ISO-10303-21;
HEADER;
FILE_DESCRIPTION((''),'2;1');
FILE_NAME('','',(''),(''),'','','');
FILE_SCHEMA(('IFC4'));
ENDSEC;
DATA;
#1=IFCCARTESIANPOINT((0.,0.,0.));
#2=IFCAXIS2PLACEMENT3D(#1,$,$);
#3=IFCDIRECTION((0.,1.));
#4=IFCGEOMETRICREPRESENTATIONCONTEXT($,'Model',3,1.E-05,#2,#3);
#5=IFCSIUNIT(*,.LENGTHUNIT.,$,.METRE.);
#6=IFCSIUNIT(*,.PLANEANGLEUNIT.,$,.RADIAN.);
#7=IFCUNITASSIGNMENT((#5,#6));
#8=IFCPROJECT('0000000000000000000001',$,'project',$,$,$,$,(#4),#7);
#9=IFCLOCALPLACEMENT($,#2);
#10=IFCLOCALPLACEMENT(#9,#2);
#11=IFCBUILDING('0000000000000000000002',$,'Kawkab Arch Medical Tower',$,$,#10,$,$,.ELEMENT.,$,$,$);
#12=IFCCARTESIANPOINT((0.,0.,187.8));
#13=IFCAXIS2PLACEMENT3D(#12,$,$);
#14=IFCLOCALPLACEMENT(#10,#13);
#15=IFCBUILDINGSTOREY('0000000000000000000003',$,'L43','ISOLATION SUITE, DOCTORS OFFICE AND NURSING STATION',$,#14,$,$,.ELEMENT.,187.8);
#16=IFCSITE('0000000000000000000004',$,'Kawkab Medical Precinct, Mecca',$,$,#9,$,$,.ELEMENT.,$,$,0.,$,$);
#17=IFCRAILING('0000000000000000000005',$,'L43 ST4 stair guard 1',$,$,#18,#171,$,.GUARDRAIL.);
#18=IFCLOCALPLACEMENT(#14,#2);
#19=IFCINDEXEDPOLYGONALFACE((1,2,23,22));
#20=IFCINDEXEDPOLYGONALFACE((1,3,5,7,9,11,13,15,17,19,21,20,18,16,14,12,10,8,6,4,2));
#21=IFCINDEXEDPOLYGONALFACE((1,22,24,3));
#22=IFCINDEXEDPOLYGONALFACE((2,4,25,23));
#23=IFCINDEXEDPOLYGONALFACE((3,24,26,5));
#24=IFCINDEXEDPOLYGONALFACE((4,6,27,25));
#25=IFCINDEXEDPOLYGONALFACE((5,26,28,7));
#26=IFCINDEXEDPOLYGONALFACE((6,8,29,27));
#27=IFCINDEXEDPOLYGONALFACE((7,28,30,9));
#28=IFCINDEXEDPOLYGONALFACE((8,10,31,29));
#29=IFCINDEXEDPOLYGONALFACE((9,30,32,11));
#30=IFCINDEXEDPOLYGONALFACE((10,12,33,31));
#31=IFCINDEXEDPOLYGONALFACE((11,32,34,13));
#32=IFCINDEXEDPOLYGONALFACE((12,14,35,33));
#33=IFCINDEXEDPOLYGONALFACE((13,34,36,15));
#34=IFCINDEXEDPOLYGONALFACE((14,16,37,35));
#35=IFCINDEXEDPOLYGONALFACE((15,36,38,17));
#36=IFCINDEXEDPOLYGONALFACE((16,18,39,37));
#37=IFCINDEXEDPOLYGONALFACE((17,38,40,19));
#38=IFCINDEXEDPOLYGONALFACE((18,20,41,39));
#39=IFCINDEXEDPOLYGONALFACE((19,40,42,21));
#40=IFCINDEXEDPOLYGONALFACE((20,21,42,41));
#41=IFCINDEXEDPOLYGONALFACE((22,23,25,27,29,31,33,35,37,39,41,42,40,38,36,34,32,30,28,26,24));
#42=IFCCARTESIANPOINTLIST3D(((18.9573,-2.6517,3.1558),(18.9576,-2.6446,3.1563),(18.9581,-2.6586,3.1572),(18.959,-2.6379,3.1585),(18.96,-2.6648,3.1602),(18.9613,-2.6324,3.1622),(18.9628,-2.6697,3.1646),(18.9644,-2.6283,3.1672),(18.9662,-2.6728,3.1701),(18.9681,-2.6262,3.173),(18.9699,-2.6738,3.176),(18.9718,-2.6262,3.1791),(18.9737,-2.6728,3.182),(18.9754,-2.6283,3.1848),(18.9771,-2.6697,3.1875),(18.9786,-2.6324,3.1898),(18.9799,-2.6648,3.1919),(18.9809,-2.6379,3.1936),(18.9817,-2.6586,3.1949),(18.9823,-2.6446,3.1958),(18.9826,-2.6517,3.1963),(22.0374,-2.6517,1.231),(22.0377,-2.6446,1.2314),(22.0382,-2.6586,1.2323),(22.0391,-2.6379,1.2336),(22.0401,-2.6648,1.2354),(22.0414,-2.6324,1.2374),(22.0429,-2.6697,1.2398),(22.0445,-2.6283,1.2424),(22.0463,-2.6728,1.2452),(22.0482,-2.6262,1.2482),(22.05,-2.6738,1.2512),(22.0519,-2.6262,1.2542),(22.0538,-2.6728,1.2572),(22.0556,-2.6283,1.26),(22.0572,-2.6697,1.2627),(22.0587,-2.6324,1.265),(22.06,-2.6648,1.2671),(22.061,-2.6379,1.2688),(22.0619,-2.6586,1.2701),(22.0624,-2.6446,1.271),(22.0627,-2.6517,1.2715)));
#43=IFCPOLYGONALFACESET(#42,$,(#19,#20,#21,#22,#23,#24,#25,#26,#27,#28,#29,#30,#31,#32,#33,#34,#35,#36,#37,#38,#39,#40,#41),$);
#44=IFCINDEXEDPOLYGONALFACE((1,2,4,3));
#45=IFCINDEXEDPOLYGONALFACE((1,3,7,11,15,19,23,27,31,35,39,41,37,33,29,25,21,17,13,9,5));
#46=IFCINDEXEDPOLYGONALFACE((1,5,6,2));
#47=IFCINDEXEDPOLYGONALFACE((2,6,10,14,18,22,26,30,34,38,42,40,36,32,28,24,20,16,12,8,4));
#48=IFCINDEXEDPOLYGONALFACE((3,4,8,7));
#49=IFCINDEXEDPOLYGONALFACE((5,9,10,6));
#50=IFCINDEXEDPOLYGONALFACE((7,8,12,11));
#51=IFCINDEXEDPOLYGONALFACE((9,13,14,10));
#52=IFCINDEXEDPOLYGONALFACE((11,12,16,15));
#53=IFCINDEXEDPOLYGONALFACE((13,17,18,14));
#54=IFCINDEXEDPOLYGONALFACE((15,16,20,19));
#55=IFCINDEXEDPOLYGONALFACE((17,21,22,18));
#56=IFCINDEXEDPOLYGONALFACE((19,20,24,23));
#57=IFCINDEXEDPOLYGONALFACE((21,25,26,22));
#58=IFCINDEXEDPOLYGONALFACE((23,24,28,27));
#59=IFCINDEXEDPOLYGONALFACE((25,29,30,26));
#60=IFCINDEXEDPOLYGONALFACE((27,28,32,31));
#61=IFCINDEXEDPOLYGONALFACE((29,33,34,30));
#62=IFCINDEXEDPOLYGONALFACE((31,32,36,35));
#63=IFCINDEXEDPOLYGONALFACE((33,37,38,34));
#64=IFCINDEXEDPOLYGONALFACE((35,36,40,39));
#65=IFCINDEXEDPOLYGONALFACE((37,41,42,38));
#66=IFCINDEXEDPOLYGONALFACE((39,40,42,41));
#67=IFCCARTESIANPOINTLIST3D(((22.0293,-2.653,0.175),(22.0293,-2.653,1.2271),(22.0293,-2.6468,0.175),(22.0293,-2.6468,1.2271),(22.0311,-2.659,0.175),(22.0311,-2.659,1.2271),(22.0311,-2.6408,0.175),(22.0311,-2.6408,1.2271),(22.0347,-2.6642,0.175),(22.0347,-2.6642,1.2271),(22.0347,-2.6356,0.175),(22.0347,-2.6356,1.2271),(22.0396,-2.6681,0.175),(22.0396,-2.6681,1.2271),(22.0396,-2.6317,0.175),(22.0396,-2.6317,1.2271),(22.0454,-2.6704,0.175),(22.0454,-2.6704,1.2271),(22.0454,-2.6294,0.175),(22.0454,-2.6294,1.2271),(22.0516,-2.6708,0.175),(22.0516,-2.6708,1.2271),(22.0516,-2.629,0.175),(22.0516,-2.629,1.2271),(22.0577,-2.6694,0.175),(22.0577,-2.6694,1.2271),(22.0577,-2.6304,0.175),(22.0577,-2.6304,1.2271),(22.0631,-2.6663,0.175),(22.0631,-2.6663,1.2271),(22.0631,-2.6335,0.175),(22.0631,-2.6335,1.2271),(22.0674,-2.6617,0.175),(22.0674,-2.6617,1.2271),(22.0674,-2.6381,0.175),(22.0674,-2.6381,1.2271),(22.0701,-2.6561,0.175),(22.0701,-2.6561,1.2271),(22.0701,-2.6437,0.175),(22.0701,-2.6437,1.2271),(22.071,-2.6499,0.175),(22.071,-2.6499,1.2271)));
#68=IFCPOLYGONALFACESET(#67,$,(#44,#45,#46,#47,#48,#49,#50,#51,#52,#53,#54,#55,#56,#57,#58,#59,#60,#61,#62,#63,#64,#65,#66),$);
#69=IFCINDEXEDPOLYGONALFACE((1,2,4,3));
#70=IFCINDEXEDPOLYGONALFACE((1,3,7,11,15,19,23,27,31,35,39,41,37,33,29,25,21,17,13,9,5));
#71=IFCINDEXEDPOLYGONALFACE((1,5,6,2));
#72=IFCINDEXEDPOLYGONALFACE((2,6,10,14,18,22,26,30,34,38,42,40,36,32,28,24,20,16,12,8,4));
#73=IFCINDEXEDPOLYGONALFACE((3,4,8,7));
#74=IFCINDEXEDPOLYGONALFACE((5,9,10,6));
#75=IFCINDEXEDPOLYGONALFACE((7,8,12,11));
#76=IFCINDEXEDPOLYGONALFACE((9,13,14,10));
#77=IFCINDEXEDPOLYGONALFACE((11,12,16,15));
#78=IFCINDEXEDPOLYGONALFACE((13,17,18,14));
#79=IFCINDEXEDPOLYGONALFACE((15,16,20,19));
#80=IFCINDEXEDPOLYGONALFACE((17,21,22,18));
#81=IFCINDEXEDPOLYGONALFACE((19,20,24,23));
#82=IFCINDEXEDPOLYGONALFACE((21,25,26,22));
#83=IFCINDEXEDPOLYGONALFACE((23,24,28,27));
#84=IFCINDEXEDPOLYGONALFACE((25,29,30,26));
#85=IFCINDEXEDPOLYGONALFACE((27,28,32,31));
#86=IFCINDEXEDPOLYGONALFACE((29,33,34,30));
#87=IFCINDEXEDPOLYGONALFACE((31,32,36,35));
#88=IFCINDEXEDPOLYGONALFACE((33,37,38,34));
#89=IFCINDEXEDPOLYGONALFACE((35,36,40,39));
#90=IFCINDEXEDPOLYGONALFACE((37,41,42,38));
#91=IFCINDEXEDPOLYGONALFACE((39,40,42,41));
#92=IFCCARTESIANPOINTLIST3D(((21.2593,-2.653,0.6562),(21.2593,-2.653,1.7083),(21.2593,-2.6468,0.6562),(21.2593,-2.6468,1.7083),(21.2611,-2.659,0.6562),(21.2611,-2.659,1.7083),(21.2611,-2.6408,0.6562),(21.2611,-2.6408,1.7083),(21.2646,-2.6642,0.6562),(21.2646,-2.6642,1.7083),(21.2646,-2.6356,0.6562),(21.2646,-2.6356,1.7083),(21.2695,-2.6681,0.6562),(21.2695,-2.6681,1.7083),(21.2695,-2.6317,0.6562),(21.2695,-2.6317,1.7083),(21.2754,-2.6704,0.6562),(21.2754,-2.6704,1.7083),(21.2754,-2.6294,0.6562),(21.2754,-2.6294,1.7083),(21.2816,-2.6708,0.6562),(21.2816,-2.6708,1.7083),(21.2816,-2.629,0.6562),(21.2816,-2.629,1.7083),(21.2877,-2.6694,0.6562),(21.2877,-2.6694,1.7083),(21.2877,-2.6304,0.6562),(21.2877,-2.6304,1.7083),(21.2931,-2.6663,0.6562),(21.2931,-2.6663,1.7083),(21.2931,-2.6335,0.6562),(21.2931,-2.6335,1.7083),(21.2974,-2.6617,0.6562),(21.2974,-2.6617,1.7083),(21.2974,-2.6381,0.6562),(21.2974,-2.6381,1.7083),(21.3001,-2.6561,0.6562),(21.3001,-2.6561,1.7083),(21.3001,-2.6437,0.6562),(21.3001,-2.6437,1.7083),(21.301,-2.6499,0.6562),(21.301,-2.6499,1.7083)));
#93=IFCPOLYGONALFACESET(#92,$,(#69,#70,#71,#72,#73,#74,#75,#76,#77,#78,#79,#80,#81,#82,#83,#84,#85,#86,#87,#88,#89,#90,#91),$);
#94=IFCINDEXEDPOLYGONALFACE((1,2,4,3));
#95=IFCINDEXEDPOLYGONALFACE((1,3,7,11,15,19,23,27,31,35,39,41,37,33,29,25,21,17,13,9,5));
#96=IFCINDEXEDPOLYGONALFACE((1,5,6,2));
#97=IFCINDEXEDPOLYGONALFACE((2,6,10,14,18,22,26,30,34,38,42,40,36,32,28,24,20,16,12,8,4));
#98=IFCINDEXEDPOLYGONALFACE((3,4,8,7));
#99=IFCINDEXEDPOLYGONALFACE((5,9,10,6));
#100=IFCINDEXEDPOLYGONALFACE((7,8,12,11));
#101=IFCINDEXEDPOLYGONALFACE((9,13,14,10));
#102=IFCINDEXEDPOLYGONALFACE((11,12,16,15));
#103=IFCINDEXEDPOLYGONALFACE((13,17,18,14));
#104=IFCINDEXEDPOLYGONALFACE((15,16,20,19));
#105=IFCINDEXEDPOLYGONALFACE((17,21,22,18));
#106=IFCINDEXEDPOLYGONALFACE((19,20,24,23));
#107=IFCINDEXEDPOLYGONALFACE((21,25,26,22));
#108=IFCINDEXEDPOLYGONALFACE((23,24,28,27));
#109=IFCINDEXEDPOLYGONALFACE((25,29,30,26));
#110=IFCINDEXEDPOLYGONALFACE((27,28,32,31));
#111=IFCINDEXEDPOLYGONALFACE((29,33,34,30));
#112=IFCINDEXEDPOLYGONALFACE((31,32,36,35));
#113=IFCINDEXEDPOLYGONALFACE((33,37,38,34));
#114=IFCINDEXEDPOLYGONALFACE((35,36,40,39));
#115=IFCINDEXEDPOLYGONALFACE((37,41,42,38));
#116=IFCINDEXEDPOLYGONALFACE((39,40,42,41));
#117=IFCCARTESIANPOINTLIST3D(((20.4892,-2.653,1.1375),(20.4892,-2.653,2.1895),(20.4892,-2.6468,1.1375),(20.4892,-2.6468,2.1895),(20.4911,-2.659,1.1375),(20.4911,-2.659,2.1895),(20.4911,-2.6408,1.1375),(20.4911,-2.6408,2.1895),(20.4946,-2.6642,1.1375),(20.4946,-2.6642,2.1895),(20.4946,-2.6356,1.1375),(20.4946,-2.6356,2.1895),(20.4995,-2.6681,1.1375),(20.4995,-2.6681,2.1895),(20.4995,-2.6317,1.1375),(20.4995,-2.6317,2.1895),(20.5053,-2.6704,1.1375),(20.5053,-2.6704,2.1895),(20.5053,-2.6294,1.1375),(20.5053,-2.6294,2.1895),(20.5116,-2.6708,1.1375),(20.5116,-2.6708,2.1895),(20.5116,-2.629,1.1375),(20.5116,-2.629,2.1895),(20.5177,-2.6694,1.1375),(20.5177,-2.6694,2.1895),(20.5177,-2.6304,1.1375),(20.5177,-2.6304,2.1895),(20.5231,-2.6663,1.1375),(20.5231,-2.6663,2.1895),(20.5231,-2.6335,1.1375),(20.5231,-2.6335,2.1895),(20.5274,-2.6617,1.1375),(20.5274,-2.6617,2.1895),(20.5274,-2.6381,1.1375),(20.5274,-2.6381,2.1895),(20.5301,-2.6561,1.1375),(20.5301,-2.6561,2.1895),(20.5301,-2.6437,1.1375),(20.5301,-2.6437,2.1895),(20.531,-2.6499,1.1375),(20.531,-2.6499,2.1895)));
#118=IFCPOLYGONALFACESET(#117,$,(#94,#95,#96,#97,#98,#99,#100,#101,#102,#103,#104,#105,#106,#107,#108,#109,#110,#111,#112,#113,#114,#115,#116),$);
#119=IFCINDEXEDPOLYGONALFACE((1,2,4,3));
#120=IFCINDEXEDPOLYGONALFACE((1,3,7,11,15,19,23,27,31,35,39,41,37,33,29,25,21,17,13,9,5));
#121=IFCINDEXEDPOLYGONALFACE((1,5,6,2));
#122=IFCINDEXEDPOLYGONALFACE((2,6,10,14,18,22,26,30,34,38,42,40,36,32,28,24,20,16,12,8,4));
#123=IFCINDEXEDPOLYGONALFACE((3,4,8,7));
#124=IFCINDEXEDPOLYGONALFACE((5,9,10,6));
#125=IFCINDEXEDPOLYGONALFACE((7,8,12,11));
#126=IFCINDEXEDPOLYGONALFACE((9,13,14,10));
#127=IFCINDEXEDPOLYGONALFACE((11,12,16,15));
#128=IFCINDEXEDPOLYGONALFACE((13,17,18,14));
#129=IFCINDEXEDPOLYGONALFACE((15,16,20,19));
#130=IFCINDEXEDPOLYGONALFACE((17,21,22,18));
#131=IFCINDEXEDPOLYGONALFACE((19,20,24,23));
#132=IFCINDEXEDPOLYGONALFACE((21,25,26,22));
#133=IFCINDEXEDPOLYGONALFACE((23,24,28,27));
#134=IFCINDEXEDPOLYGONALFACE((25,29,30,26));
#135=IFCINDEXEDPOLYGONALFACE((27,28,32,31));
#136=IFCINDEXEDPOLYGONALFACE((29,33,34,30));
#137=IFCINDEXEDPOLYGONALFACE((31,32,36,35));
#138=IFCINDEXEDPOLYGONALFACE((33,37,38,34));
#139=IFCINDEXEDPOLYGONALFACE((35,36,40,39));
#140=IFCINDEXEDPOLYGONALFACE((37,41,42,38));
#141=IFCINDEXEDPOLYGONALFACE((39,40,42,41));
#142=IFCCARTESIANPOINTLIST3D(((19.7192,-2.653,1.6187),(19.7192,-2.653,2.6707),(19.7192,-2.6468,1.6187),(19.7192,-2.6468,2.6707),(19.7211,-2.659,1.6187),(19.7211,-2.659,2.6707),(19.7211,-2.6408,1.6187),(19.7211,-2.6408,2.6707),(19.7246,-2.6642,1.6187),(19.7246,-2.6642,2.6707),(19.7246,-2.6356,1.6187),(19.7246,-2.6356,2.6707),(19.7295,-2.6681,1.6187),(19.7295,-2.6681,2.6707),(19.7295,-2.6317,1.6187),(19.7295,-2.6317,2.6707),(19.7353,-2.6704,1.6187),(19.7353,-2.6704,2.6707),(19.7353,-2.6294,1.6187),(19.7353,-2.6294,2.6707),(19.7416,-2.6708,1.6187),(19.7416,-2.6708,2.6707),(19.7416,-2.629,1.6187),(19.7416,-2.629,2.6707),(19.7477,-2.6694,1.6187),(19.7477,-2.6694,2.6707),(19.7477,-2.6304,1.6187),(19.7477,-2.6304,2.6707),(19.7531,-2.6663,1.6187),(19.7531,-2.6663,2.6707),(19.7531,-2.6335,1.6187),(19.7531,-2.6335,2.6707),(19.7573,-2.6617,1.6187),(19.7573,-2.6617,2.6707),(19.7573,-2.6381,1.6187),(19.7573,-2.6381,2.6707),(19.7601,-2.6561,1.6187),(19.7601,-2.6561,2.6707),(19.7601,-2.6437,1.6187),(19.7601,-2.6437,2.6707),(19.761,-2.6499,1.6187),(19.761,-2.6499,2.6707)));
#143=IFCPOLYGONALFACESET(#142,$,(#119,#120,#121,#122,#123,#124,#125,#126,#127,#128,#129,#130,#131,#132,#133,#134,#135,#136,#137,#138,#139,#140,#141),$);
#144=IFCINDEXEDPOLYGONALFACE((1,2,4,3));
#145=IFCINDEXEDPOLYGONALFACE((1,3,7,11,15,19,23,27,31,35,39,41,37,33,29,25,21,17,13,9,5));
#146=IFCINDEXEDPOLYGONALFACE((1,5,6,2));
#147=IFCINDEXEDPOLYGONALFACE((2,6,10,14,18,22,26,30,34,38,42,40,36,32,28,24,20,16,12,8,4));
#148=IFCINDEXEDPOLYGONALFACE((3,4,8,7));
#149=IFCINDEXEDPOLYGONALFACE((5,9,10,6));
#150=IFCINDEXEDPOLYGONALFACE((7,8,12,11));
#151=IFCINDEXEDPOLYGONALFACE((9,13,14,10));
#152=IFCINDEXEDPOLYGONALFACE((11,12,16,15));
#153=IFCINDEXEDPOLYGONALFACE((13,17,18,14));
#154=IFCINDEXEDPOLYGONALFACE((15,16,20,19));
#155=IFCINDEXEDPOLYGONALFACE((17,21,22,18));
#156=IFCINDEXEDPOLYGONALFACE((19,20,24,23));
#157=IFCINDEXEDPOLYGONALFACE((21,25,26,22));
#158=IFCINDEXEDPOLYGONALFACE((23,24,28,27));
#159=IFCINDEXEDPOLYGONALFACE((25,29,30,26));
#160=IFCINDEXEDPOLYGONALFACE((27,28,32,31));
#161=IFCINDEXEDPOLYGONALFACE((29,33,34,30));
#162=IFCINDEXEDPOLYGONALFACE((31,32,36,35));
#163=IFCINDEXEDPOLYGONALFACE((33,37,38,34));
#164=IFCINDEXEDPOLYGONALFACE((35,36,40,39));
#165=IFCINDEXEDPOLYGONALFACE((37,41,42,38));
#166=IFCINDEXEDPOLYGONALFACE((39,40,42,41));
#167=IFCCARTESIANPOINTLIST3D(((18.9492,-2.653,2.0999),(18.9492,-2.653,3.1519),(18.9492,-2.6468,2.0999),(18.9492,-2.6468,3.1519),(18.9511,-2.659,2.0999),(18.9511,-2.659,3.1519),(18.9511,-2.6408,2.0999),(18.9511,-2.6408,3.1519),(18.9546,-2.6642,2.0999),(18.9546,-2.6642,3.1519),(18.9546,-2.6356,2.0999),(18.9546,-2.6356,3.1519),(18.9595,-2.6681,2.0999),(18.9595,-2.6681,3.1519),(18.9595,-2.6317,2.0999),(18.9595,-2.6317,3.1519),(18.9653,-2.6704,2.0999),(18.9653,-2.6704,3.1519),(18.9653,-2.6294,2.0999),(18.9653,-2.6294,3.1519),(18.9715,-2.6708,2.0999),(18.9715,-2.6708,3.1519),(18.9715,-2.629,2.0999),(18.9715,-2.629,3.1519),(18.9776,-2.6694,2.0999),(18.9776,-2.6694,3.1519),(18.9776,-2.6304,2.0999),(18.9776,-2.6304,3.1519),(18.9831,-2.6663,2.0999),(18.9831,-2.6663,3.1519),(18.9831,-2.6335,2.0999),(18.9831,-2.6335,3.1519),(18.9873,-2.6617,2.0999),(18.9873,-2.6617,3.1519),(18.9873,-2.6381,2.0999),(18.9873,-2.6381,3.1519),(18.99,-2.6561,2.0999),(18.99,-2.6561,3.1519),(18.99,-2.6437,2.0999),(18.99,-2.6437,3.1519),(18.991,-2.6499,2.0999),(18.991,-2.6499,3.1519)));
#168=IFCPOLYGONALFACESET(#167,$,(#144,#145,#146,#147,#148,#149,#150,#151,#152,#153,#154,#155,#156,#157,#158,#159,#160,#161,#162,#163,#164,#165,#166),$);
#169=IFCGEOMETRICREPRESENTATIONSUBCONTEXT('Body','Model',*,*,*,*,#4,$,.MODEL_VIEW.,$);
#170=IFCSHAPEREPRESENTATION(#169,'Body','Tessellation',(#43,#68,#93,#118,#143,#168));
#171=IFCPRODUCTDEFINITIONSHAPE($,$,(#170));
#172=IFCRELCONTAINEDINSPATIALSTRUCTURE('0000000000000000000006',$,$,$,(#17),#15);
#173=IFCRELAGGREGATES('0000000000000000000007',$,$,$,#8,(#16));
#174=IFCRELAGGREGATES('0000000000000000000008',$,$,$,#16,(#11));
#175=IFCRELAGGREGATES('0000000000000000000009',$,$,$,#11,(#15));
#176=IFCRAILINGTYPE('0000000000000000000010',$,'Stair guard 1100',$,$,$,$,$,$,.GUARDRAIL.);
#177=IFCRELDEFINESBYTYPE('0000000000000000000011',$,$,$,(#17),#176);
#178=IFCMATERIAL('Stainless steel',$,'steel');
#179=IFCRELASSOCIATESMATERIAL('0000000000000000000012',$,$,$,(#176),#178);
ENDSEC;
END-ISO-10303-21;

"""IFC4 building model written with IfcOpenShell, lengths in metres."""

from ifc_helpers import new_model, si_unit, direction, frame, origin, origin_2d, place, context, subcontext, project, spatial, circle, extrude, material, type_object, element, save


model = new_model("IFC4")

# Units and contexts
model_context = context("Model", 3, precision=1e-05, world=origin(), true_north=direction((0.0, 1.0)))
body_context = subcontext(model_context, "Body", "Model", "MODEL_VIEW")
ifc_project = project(units=[si_unit("LENGTHUNIT", "METRE"), si_unit("PLANEANGLEUNIT", "RADIAN")], contexts=[model_context])

# Site, building, storey
site_placement = place(None, origin())
site = spatial("IfcSite", under=ifc_project, at=site_placement, Name="Kawkab Medical Precinct, Mecca", CompositionType="ELEMENT", RefElevation=0.0)
building_placement = place(site_placement, origin())
building = spatial("IfcBuilding", under=site, at=building_placement, Name="Kawkab Arch Medical Tower", CompositionType="ELEMENT")
storey_placement = place(building_placement, frame((0.0, 0.0, 187.8)))
storey = spatial("IfcBuildingStorey", under=building, at=storey_placement, Name="L43", Description="ISOLATION SUITE, DOCTORS OFFICE AND NURSING STATION", CompositionType="ELEMENT", Elevation=187.8)

# Railing
ifc_material_1 = material(Name="Stainless steel", Category="steel")
railing_type_1 = type_object("IfcRailingType", Name="Stair guard 1100", PredefinedType="GUARDRAIL", material=ifc_material_1)
railing_1_placement = place(storey_placement, frame((22.05, -2.6499, 0.175)))
element("IfcRailing", 1, at=railing_1_placement, inside=storey, type_object=railing_type_1, Name="L43 ST4 stair guard 1", PredefinedType="GUARDRAIL", context=body_context, shape_type="SweptSolid", body=[
    extrude(circle(Radius=0.0239, at=origin_2d()), frame((0.0, 0.0, 1.0762), z_axis=(-0.848029, 0.0, 0.529951), x_axis=(0.0, -1.0, 0.0)), (0.0, 0.0, 1.0), 3.6321),
    extrude(circle(Radius=0.021, at=origin_2d()), origin(), (0.0, 0.0, 1.0), 1.052),
    extrude(circle(Radius=0.021, at=origin_2d()), frame((-0.77, 0.0, 0.4812)), (0.0, 0.0, 1.0), 1.052),
    extrude(circle(Radius=0.021, at=origin_2d()), frame((-1.54, 0.0, 0.9624)), (0.0, 0.0, 1.0), 1.052),
    extrude(circle(Radius=0.021, at=origin_2d()), frame((-2.3101, 0.0, 1.4436)), (0.0, 0.0, 1.0), 1.052),
    extrude(circle(Radius=0.021, at=origin_2d()), frame((-3.0801, 0.0, 1.9248)), (0.0, 0.0, 1.0), 1.052),
])

save(model, "model.ifc")
